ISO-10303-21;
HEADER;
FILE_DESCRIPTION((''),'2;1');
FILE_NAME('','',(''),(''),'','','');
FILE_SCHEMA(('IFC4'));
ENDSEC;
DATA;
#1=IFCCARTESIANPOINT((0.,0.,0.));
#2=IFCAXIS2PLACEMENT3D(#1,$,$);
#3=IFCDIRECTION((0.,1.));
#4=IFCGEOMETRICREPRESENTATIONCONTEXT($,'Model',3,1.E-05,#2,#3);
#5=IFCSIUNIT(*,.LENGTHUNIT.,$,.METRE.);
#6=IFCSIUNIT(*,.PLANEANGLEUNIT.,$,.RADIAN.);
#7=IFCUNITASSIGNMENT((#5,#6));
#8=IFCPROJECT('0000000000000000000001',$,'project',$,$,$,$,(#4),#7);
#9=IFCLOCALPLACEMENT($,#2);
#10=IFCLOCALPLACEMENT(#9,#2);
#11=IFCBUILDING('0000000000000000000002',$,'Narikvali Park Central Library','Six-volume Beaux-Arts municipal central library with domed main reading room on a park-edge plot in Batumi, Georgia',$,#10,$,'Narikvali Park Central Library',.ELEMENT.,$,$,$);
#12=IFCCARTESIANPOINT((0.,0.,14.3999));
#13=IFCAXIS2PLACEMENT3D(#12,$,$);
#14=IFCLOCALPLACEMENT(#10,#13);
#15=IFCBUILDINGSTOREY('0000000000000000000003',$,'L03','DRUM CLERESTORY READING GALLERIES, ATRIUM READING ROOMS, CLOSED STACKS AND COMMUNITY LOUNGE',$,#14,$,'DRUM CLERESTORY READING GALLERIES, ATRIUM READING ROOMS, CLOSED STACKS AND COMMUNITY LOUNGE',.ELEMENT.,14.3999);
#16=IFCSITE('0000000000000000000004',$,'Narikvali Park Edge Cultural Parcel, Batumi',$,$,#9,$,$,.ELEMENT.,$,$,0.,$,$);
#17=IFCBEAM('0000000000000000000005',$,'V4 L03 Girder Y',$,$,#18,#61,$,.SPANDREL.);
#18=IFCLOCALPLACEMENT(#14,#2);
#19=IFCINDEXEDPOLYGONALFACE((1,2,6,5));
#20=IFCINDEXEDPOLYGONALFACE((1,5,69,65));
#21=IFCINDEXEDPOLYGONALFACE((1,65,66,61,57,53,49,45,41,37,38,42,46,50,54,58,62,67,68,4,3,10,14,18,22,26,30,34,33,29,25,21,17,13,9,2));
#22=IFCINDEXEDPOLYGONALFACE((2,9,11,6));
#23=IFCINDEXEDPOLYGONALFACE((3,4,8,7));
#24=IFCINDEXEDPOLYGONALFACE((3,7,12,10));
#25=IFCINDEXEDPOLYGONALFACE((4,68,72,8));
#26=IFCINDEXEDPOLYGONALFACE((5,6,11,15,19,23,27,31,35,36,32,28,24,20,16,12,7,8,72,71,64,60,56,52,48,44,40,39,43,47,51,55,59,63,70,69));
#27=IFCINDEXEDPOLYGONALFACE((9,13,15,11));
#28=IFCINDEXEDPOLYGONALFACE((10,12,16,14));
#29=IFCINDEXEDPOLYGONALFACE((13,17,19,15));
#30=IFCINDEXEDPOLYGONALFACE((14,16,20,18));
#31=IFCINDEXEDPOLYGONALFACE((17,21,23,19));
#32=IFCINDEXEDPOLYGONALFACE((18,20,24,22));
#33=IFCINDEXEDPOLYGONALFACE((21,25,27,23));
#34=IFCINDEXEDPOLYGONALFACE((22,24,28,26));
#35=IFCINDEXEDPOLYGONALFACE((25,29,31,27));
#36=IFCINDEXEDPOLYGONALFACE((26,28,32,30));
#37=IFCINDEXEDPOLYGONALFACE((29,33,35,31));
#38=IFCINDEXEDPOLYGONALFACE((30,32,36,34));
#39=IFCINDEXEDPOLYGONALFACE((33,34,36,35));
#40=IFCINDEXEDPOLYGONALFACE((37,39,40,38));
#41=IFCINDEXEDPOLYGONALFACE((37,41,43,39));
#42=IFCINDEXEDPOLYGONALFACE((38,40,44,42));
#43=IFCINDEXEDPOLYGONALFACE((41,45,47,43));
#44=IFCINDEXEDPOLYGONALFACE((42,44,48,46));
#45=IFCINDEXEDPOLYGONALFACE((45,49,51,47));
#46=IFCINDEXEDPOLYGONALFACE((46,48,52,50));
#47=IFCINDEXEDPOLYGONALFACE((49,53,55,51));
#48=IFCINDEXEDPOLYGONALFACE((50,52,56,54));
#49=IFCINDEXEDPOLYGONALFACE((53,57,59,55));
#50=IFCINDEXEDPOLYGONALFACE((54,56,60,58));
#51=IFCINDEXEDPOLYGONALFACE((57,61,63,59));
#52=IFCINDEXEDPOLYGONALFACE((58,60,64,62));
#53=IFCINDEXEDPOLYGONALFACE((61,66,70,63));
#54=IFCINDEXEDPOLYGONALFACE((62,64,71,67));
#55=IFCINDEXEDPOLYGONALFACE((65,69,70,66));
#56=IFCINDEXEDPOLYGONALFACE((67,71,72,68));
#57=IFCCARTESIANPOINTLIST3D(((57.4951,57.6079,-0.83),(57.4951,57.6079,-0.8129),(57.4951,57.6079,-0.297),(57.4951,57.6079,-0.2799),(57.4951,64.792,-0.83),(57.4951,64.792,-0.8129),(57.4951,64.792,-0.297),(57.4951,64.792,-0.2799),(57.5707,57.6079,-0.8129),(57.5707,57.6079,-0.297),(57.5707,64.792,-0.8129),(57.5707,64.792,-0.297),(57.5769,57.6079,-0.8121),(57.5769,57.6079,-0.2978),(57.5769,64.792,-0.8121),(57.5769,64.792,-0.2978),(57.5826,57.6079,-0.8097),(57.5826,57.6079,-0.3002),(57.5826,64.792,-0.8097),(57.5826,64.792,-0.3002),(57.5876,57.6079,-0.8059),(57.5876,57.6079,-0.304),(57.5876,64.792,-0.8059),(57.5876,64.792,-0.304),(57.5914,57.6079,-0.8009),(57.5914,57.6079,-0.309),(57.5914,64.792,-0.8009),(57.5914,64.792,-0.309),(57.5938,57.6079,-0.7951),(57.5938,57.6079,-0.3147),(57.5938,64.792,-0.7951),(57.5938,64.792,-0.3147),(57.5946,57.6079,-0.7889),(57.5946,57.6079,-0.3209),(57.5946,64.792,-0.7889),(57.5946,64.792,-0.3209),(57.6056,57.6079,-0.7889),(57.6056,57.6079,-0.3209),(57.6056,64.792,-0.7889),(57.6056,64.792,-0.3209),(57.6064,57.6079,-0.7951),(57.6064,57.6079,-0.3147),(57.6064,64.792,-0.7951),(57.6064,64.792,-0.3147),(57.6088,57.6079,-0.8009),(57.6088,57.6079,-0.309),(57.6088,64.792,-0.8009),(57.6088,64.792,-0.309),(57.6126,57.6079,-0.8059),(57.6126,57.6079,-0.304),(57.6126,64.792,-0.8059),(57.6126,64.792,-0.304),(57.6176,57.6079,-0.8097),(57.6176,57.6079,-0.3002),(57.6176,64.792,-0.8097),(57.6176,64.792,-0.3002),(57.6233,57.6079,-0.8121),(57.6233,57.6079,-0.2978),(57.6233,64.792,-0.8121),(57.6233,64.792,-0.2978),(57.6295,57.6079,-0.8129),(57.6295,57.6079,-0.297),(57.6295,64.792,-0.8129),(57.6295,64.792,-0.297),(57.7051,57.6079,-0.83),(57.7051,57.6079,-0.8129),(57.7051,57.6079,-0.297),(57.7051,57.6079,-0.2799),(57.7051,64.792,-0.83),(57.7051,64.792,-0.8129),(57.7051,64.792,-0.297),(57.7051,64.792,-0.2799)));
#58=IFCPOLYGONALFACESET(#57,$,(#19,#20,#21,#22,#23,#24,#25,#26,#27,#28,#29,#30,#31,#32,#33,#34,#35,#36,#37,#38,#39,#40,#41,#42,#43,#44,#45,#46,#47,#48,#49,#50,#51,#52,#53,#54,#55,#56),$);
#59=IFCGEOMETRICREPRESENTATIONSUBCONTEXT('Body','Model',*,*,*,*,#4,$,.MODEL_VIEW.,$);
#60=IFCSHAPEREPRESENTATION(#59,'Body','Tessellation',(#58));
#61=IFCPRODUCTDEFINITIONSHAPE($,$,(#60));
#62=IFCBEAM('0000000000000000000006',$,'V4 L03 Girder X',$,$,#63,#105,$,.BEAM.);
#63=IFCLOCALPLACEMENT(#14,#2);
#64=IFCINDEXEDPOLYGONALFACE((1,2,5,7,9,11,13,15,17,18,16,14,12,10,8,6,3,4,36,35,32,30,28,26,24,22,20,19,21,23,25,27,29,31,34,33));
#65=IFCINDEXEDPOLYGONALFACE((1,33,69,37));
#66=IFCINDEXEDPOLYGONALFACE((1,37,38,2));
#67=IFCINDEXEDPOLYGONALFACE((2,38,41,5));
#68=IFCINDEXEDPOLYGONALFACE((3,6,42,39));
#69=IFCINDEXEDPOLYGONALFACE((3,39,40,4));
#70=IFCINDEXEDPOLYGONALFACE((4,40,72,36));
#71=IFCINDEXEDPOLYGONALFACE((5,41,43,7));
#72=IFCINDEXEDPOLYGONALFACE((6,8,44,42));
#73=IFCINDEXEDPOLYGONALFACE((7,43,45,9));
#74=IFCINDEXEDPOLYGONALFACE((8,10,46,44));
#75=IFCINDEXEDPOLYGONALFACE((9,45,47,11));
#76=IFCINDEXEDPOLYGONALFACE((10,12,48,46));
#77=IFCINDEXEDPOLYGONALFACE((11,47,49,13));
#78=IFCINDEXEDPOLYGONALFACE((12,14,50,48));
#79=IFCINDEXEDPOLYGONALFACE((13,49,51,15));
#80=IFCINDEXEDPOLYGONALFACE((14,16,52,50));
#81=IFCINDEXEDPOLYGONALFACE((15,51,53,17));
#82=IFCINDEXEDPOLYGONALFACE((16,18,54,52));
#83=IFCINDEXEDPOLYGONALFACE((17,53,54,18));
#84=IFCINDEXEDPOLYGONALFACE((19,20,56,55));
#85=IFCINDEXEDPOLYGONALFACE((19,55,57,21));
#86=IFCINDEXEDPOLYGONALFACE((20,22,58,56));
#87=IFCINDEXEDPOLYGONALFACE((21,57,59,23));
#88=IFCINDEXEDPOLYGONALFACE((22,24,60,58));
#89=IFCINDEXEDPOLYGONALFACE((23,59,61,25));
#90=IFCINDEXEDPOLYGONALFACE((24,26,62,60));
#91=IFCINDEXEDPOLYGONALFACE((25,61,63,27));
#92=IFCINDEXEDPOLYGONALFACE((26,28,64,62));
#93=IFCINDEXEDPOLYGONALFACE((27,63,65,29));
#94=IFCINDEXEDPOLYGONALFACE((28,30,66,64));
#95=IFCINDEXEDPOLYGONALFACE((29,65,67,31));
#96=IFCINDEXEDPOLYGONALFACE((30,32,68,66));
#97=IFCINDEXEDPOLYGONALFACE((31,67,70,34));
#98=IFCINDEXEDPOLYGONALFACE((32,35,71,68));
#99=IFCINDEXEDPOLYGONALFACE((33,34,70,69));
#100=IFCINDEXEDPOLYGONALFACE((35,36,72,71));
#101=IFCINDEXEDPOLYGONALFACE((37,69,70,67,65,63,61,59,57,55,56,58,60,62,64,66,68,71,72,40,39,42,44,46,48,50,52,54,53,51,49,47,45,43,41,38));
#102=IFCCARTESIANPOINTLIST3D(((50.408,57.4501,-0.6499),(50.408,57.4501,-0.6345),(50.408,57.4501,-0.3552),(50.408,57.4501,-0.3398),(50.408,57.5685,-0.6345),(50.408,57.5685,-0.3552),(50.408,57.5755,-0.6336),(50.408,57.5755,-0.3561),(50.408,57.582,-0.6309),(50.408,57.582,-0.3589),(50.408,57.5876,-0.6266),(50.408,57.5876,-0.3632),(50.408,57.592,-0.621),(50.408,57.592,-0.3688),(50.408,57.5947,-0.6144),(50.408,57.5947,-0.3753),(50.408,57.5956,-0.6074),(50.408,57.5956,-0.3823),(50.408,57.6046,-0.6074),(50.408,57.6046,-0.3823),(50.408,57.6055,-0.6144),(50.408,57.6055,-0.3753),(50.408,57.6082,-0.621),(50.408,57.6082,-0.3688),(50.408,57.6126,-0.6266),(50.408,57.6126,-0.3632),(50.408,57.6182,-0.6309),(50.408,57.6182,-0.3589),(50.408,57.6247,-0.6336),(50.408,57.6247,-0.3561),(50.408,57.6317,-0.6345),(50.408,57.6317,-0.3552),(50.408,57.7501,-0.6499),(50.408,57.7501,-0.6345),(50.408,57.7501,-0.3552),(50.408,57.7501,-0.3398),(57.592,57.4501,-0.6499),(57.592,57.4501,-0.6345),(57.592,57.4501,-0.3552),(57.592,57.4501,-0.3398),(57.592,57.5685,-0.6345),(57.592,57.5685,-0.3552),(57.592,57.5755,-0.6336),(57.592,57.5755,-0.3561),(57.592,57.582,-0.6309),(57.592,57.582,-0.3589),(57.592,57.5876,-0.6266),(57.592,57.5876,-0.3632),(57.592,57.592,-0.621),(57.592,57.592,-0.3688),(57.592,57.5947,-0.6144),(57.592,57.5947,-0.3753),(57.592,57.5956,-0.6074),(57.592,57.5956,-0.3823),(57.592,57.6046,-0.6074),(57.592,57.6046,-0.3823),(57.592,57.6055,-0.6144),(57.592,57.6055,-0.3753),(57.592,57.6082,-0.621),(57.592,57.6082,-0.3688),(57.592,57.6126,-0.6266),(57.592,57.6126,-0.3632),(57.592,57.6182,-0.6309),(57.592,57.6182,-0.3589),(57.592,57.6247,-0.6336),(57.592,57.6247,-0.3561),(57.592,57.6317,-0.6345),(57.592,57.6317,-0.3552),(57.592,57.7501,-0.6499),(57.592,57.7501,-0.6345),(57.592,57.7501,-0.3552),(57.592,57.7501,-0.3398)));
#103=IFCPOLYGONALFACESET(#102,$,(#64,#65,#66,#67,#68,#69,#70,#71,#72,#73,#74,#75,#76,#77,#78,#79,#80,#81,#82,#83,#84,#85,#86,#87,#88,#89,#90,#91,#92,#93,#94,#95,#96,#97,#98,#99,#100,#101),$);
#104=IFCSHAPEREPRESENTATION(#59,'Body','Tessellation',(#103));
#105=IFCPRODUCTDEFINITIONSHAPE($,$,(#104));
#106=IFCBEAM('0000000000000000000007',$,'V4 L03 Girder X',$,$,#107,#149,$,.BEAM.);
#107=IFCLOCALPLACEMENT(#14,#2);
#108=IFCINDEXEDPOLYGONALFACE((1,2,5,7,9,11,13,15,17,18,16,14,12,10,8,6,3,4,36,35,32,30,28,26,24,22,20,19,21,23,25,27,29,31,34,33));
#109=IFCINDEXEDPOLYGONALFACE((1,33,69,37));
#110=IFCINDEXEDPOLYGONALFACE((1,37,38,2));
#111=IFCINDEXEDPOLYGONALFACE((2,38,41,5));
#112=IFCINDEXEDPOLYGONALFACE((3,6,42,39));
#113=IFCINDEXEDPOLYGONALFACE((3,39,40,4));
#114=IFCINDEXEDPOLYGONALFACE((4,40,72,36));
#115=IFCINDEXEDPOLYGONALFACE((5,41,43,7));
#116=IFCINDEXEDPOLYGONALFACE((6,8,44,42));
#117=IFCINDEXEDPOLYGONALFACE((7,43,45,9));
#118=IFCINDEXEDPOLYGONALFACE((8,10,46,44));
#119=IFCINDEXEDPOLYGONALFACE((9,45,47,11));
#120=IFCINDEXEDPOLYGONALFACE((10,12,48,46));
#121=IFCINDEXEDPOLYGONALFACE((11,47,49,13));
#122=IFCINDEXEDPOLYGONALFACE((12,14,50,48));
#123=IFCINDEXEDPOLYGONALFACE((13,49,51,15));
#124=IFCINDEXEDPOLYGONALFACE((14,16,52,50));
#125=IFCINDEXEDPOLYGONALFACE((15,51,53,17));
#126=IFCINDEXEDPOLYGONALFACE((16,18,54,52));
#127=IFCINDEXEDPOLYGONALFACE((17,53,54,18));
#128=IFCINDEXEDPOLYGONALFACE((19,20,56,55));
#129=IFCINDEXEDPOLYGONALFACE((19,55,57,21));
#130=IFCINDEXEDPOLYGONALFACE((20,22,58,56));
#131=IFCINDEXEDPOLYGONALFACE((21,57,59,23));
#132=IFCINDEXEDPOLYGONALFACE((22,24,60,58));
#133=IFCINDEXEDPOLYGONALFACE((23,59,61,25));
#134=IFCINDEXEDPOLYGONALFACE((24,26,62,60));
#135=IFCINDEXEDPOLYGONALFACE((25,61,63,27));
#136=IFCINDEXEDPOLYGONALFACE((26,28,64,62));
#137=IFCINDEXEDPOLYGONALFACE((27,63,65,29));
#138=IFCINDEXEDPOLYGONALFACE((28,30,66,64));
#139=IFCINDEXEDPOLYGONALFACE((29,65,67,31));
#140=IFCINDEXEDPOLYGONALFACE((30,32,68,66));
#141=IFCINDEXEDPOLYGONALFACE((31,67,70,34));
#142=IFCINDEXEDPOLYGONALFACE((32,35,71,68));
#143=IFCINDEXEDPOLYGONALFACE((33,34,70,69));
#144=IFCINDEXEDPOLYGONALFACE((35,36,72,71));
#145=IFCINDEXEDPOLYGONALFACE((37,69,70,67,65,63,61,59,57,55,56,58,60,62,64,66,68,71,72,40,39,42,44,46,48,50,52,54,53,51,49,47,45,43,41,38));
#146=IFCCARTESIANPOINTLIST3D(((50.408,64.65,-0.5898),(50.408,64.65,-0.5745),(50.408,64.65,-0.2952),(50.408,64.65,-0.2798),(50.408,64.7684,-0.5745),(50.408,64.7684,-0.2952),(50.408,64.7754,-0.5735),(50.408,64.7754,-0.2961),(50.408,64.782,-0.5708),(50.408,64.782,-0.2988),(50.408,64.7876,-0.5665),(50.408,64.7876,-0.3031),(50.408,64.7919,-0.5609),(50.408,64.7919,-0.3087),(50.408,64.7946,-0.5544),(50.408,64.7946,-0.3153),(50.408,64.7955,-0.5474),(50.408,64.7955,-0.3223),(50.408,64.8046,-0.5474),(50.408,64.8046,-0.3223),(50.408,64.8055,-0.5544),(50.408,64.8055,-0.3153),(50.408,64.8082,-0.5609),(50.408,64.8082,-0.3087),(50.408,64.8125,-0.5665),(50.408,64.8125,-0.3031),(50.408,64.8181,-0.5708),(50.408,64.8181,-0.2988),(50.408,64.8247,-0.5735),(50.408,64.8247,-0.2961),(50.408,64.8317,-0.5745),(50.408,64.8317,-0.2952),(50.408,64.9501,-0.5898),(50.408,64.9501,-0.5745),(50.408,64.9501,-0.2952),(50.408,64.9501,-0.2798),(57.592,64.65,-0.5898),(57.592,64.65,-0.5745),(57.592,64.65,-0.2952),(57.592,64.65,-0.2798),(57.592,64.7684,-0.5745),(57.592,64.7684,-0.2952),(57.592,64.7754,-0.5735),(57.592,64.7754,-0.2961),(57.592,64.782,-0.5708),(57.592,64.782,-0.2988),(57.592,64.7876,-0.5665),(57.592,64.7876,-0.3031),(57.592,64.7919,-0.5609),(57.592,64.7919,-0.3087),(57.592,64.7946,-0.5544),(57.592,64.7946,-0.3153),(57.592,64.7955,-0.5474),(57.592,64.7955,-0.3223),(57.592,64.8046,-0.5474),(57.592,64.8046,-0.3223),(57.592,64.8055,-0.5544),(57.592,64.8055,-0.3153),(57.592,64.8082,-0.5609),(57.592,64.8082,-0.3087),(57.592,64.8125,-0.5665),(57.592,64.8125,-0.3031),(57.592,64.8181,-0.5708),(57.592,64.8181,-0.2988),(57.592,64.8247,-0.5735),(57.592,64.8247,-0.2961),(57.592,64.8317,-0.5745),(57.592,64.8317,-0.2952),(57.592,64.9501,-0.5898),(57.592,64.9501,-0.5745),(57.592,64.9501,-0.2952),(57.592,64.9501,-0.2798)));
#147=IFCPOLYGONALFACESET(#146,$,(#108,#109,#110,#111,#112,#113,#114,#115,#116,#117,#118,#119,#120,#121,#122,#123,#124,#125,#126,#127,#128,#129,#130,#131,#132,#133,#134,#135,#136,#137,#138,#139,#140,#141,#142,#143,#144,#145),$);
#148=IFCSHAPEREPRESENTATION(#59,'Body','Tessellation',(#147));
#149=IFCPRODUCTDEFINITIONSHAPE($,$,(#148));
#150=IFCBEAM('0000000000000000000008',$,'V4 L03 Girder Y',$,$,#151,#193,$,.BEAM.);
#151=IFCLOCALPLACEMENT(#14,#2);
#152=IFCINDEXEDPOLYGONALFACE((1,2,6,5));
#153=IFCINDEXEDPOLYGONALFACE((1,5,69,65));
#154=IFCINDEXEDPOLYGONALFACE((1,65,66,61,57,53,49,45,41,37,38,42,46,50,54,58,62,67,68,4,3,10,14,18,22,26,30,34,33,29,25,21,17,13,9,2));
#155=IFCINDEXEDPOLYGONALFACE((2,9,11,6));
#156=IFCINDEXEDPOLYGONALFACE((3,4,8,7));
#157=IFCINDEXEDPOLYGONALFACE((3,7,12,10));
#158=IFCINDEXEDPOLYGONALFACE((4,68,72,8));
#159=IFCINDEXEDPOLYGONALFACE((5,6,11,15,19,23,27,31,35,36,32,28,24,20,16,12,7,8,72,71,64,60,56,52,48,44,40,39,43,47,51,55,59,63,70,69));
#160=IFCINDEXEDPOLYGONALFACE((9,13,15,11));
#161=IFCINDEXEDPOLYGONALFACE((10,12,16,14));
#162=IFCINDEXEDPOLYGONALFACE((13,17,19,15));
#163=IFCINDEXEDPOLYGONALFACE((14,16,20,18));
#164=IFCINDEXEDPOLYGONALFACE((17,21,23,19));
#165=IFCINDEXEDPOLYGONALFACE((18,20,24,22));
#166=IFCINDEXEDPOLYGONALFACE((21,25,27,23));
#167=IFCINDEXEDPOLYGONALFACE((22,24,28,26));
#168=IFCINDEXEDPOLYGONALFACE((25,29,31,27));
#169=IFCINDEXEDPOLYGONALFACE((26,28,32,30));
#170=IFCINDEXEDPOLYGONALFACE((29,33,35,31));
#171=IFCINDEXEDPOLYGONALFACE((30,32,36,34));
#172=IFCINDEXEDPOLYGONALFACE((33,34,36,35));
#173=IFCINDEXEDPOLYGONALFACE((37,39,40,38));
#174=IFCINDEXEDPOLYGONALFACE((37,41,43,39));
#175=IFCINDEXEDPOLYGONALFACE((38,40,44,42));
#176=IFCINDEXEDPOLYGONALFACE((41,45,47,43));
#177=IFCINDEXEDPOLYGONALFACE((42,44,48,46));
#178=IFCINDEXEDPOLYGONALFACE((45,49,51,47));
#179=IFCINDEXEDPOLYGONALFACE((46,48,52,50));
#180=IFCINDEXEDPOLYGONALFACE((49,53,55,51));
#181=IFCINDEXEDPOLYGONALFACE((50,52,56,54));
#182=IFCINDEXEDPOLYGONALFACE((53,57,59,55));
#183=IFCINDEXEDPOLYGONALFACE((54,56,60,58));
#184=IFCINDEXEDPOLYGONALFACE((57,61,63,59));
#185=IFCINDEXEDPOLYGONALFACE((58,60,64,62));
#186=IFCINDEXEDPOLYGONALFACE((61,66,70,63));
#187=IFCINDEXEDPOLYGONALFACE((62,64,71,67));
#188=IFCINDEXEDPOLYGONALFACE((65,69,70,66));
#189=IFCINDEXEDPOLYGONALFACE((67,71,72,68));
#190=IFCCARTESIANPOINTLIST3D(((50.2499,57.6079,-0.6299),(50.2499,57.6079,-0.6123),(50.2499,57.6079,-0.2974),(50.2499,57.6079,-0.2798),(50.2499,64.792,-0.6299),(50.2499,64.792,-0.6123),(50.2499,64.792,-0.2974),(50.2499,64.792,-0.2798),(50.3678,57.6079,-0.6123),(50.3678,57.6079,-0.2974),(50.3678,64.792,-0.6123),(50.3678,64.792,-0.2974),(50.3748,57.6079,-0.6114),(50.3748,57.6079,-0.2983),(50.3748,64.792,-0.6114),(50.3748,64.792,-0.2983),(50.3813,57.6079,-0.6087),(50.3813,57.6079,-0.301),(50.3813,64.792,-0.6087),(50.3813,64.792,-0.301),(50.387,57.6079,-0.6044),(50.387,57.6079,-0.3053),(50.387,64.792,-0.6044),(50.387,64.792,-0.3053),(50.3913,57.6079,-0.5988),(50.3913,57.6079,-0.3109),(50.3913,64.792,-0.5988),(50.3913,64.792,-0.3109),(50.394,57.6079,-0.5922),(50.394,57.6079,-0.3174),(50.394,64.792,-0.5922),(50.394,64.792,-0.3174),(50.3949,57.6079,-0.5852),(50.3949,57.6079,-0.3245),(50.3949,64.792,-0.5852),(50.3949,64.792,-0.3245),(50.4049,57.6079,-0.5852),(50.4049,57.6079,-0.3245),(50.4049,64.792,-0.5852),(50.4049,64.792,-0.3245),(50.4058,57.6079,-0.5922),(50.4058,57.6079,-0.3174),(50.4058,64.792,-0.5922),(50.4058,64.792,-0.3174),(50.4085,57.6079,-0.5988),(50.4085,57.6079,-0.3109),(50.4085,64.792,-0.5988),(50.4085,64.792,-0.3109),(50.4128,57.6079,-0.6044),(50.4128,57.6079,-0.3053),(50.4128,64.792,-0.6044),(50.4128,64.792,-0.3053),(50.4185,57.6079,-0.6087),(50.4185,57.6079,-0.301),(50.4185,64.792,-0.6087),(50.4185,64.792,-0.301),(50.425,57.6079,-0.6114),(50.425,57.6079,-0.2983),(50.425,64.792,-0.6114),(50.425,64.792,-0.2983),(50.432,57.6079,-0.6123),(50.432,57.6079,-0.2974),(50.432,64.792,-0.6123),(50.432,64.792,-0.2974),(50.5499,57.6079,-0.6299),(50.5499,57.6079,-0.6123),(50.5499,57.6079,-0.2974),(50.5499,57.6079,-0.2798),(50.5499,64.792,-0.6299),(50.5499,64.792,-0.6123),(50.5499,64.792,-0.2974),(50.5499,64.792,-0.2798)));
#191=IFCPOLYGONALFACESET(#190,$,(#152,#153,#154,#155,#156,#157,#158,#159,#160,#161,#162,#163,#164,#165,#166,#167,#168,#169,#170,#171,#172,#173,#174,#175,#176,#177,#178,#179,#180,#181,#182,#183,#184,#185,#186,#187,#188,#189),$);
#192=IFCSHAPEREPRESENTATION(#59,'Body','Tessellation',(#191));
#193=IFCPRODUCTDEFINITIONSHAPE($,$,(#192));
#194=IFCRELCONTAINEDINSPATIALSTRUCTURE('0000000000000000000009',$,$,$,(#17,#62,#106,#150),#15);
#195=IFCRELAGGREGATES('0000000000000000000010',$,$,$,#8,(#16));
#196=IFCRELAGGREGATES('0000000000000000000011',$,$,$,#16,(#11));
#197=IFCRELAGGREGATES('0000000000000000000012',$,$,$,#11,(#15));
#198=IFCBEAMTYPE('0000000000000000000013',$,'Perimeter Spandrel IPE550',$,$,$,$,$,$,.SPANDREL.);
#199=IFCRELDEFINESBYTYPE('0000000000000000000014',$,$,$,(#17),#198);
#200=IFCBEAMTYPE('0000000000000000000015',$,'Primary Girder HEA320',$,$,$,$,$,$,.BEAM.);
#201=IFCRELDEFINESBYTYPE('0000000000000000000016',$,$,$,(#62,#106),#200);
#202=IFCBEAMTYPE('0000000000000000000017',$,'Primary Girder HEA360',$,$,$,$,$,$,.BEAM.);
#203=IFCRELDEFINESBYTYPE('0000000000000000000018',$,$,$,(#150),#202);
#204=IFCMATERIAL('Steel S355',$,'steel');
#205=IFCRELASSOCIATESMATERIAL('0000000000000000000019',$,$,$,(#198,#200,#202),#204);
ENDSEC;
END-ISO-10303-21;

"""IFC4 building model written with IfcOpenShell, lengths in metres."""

from ifc_helpers import new_model, si_unit, direction, frame, origin, origin_2d, place, context, subcontext, project, spatial, i_section, extrude, material, material_profile, profile_set, type_object, element, save


model = new_model("IFC4")

# Units and contexts
model_context = context("Model", 3, precision=1e-05, world=origin(), true_north=direction((0.0, 1.0)))
body_context = subcontext(model_context, "Body", "Model", "MODEL_VIEW")
ifc_project = project(units=[si_unit("LENGTHUNIT", "METRE"), si_unit("PLANEANGLEUNIT", "RADIAN")], contexts=[model_context])

# Site, building, storey
site_placement = place(None, origin())
site = spatial("IfcSite", under=ifc_project, at=site_placement, Name="Narikvali Park Edge Cultural Parcel, Batumi", CompositionType="ELEMENT", RefElevation=0.0)
building_placement = place(site_placement, origin())
building = spatial("IfcBuilding", under=site, at=building_placement, Name="Narikvali Park Central Library", Description="Six-volume Beaux-Arts municipal central library with domed main reading room on a park-edge plot in Batumi, Georgia", LongName="Narikvali Park Central Library", CompositionType="ELEMENT")
storey_placement = place(building_placement, frame((0.0, 0.0, 14.3999)))
storey = spatial("IfcBuildingStorey", under=building, at=storey_placement, Name="L03", Description="DRUM CLERESTORY READING GALLERIES, ATRIUM READING ROOMS, CLOSED STACKS AND COMMUNITY LOUNGE", LongName="DRUM CLERESTORY READING GALLERIES, ATRIUM READING ROOMS, CLOSED STACKS AND COMMUNITY LOUNGE", CompositionType="ELEMENT", Elevation=14.3999)

# Shared definitions
ifc_material_1 = material(Name="Steel S355", Category="steel")

# Beams
ifc_material_profile_1 = material_profile(ifc_material_1, i_section(OverallWidth=0.21, OverallDepth=0.55, WebThickness=0.011, FlangeThickness=0.0171, FilletRadius=0.0239, at=origin_2d()), Name="IPE 550")
ifc_profile_set_1 = profile_set([ifc_material_profile_1], Name="Steel S355")
beam_type_1 = type_object("IfcBeamType", Name="Perimeter Spandrel IPE550", PredefinedType="SPANDREL", material=ifc_profile_set_1)
for number, where, z_axis, x_axis, name in (
    (1, (57.6001, 57.6079, -0.5549), (0.0, 1.0, 0.0), (-1.0, 0.0, 0.0), "V4 L03 Girder Y"),
):
    element("IfcBeam", number, at=place(storey_placement, frame(where, z_axis=z_axis, x_axis=x_axis)), inside=storey, type_object=beam_type_1, Name=name, PredefinedType="SPANDREL", context=body_context, shape_type="SweptSolid", body=[
        extrude(i_section(OverallWidth=0.21, OverallDepth=0.55, WebThickness=0.011, FlangeThickness=0.0171, FilletRadius=0.0239, at=origin_2d()), origin(), (0.0, 0.0, 1.0), 7.1841),
    ])
ifc_material_profile_2 = material_profile(ifc_material_1, i_section(OverallWidth=0.3, OverallDepth=0.3101, WebThickness=0.009, FlangeThickness=0.0154, FilletRadius=0.0271, at=origin_2d()), Name="HEA 320")
ifc_profile_set_2 = profile_set([ifc_material_profile_2], Name="Steel S355")
beam_type_2 = type_object("IfcBeamType", Name="Primary Girder HEA320", PredefinedType="BEAM", material=ifc_profile_set_2)
for number, where, z_axis, x_axis, name in (
    (2, (50.408, 57.6001, -0.4949), (1.0, 0.0, 0.0), (0.0, 1.0, 0.0), "V4 L03 Girder X"),
    (3, (50.408, 64.8, -0.4348), (1.0, 0.0, 0.0), (0.0, 1.0, 0.0), "V4 L03 Girder X"),
):
    element("IfcBeam", number, at=place(storey_placement, frame(where, z_axis=z_axis, x_axis=x_axis)), inside=storey, type_object=beam_type_2, Name=name, PredefinedType="BEAM", context=body_context, shape_type="SweptSolid", body=[
        extrude(i_section(OverallWidth=0.3, OverallDepth=0.3101, WebThickness=0.009, FlangeThickness=0.0154, FilletRadius=0.0271, at=origin_2d()), origin(), (0.0, 0.0, 1.0), 7.1841),
    ])
ifc_material_profile_3 = material_profile(ifc_material_1, i_section(OverallWidth=0.3, OverallDepth=0.3501, WebThickness=0.01, FlangeThickness=0.0176, FilletRadius=0.0271, at=origin_2d()), Name="HEA 360")
ifc_profile_set_3 = profile_set([ifc_material_profile_3], Name="Steel S355")
beam_type_3 = type_object("IfcBeamType", Name="Primary Girder HEA360", PredefinedType="BEAM", material=ifc_profile_set_3)
beam_placement = place(storey_placement, frame((50.3999, 57.6079, -0.4548), z_axis=(0.0, 1.0, 0.0), x_axis=(-1.0, 0.0, 0.0)))
element("IfcBeam", 4, at=beam_placement, inside=storey, type_object=beam_type_3, Name="V4 L03 Girder Y", PredefinedType="BEAM", context=body_context, shape_type="SweptSolid", body=[
    extrude(i_section(OverallWidth=0.3, OverallDepth=0.3501, WebThickness=0.01, FlangeThickness=0.0176, FilletRadius=0.0271, at=origin_2d()), origin(), (0.0, 0.0, 1.0), 7.1841),
])

save(model, "model.ifc")
